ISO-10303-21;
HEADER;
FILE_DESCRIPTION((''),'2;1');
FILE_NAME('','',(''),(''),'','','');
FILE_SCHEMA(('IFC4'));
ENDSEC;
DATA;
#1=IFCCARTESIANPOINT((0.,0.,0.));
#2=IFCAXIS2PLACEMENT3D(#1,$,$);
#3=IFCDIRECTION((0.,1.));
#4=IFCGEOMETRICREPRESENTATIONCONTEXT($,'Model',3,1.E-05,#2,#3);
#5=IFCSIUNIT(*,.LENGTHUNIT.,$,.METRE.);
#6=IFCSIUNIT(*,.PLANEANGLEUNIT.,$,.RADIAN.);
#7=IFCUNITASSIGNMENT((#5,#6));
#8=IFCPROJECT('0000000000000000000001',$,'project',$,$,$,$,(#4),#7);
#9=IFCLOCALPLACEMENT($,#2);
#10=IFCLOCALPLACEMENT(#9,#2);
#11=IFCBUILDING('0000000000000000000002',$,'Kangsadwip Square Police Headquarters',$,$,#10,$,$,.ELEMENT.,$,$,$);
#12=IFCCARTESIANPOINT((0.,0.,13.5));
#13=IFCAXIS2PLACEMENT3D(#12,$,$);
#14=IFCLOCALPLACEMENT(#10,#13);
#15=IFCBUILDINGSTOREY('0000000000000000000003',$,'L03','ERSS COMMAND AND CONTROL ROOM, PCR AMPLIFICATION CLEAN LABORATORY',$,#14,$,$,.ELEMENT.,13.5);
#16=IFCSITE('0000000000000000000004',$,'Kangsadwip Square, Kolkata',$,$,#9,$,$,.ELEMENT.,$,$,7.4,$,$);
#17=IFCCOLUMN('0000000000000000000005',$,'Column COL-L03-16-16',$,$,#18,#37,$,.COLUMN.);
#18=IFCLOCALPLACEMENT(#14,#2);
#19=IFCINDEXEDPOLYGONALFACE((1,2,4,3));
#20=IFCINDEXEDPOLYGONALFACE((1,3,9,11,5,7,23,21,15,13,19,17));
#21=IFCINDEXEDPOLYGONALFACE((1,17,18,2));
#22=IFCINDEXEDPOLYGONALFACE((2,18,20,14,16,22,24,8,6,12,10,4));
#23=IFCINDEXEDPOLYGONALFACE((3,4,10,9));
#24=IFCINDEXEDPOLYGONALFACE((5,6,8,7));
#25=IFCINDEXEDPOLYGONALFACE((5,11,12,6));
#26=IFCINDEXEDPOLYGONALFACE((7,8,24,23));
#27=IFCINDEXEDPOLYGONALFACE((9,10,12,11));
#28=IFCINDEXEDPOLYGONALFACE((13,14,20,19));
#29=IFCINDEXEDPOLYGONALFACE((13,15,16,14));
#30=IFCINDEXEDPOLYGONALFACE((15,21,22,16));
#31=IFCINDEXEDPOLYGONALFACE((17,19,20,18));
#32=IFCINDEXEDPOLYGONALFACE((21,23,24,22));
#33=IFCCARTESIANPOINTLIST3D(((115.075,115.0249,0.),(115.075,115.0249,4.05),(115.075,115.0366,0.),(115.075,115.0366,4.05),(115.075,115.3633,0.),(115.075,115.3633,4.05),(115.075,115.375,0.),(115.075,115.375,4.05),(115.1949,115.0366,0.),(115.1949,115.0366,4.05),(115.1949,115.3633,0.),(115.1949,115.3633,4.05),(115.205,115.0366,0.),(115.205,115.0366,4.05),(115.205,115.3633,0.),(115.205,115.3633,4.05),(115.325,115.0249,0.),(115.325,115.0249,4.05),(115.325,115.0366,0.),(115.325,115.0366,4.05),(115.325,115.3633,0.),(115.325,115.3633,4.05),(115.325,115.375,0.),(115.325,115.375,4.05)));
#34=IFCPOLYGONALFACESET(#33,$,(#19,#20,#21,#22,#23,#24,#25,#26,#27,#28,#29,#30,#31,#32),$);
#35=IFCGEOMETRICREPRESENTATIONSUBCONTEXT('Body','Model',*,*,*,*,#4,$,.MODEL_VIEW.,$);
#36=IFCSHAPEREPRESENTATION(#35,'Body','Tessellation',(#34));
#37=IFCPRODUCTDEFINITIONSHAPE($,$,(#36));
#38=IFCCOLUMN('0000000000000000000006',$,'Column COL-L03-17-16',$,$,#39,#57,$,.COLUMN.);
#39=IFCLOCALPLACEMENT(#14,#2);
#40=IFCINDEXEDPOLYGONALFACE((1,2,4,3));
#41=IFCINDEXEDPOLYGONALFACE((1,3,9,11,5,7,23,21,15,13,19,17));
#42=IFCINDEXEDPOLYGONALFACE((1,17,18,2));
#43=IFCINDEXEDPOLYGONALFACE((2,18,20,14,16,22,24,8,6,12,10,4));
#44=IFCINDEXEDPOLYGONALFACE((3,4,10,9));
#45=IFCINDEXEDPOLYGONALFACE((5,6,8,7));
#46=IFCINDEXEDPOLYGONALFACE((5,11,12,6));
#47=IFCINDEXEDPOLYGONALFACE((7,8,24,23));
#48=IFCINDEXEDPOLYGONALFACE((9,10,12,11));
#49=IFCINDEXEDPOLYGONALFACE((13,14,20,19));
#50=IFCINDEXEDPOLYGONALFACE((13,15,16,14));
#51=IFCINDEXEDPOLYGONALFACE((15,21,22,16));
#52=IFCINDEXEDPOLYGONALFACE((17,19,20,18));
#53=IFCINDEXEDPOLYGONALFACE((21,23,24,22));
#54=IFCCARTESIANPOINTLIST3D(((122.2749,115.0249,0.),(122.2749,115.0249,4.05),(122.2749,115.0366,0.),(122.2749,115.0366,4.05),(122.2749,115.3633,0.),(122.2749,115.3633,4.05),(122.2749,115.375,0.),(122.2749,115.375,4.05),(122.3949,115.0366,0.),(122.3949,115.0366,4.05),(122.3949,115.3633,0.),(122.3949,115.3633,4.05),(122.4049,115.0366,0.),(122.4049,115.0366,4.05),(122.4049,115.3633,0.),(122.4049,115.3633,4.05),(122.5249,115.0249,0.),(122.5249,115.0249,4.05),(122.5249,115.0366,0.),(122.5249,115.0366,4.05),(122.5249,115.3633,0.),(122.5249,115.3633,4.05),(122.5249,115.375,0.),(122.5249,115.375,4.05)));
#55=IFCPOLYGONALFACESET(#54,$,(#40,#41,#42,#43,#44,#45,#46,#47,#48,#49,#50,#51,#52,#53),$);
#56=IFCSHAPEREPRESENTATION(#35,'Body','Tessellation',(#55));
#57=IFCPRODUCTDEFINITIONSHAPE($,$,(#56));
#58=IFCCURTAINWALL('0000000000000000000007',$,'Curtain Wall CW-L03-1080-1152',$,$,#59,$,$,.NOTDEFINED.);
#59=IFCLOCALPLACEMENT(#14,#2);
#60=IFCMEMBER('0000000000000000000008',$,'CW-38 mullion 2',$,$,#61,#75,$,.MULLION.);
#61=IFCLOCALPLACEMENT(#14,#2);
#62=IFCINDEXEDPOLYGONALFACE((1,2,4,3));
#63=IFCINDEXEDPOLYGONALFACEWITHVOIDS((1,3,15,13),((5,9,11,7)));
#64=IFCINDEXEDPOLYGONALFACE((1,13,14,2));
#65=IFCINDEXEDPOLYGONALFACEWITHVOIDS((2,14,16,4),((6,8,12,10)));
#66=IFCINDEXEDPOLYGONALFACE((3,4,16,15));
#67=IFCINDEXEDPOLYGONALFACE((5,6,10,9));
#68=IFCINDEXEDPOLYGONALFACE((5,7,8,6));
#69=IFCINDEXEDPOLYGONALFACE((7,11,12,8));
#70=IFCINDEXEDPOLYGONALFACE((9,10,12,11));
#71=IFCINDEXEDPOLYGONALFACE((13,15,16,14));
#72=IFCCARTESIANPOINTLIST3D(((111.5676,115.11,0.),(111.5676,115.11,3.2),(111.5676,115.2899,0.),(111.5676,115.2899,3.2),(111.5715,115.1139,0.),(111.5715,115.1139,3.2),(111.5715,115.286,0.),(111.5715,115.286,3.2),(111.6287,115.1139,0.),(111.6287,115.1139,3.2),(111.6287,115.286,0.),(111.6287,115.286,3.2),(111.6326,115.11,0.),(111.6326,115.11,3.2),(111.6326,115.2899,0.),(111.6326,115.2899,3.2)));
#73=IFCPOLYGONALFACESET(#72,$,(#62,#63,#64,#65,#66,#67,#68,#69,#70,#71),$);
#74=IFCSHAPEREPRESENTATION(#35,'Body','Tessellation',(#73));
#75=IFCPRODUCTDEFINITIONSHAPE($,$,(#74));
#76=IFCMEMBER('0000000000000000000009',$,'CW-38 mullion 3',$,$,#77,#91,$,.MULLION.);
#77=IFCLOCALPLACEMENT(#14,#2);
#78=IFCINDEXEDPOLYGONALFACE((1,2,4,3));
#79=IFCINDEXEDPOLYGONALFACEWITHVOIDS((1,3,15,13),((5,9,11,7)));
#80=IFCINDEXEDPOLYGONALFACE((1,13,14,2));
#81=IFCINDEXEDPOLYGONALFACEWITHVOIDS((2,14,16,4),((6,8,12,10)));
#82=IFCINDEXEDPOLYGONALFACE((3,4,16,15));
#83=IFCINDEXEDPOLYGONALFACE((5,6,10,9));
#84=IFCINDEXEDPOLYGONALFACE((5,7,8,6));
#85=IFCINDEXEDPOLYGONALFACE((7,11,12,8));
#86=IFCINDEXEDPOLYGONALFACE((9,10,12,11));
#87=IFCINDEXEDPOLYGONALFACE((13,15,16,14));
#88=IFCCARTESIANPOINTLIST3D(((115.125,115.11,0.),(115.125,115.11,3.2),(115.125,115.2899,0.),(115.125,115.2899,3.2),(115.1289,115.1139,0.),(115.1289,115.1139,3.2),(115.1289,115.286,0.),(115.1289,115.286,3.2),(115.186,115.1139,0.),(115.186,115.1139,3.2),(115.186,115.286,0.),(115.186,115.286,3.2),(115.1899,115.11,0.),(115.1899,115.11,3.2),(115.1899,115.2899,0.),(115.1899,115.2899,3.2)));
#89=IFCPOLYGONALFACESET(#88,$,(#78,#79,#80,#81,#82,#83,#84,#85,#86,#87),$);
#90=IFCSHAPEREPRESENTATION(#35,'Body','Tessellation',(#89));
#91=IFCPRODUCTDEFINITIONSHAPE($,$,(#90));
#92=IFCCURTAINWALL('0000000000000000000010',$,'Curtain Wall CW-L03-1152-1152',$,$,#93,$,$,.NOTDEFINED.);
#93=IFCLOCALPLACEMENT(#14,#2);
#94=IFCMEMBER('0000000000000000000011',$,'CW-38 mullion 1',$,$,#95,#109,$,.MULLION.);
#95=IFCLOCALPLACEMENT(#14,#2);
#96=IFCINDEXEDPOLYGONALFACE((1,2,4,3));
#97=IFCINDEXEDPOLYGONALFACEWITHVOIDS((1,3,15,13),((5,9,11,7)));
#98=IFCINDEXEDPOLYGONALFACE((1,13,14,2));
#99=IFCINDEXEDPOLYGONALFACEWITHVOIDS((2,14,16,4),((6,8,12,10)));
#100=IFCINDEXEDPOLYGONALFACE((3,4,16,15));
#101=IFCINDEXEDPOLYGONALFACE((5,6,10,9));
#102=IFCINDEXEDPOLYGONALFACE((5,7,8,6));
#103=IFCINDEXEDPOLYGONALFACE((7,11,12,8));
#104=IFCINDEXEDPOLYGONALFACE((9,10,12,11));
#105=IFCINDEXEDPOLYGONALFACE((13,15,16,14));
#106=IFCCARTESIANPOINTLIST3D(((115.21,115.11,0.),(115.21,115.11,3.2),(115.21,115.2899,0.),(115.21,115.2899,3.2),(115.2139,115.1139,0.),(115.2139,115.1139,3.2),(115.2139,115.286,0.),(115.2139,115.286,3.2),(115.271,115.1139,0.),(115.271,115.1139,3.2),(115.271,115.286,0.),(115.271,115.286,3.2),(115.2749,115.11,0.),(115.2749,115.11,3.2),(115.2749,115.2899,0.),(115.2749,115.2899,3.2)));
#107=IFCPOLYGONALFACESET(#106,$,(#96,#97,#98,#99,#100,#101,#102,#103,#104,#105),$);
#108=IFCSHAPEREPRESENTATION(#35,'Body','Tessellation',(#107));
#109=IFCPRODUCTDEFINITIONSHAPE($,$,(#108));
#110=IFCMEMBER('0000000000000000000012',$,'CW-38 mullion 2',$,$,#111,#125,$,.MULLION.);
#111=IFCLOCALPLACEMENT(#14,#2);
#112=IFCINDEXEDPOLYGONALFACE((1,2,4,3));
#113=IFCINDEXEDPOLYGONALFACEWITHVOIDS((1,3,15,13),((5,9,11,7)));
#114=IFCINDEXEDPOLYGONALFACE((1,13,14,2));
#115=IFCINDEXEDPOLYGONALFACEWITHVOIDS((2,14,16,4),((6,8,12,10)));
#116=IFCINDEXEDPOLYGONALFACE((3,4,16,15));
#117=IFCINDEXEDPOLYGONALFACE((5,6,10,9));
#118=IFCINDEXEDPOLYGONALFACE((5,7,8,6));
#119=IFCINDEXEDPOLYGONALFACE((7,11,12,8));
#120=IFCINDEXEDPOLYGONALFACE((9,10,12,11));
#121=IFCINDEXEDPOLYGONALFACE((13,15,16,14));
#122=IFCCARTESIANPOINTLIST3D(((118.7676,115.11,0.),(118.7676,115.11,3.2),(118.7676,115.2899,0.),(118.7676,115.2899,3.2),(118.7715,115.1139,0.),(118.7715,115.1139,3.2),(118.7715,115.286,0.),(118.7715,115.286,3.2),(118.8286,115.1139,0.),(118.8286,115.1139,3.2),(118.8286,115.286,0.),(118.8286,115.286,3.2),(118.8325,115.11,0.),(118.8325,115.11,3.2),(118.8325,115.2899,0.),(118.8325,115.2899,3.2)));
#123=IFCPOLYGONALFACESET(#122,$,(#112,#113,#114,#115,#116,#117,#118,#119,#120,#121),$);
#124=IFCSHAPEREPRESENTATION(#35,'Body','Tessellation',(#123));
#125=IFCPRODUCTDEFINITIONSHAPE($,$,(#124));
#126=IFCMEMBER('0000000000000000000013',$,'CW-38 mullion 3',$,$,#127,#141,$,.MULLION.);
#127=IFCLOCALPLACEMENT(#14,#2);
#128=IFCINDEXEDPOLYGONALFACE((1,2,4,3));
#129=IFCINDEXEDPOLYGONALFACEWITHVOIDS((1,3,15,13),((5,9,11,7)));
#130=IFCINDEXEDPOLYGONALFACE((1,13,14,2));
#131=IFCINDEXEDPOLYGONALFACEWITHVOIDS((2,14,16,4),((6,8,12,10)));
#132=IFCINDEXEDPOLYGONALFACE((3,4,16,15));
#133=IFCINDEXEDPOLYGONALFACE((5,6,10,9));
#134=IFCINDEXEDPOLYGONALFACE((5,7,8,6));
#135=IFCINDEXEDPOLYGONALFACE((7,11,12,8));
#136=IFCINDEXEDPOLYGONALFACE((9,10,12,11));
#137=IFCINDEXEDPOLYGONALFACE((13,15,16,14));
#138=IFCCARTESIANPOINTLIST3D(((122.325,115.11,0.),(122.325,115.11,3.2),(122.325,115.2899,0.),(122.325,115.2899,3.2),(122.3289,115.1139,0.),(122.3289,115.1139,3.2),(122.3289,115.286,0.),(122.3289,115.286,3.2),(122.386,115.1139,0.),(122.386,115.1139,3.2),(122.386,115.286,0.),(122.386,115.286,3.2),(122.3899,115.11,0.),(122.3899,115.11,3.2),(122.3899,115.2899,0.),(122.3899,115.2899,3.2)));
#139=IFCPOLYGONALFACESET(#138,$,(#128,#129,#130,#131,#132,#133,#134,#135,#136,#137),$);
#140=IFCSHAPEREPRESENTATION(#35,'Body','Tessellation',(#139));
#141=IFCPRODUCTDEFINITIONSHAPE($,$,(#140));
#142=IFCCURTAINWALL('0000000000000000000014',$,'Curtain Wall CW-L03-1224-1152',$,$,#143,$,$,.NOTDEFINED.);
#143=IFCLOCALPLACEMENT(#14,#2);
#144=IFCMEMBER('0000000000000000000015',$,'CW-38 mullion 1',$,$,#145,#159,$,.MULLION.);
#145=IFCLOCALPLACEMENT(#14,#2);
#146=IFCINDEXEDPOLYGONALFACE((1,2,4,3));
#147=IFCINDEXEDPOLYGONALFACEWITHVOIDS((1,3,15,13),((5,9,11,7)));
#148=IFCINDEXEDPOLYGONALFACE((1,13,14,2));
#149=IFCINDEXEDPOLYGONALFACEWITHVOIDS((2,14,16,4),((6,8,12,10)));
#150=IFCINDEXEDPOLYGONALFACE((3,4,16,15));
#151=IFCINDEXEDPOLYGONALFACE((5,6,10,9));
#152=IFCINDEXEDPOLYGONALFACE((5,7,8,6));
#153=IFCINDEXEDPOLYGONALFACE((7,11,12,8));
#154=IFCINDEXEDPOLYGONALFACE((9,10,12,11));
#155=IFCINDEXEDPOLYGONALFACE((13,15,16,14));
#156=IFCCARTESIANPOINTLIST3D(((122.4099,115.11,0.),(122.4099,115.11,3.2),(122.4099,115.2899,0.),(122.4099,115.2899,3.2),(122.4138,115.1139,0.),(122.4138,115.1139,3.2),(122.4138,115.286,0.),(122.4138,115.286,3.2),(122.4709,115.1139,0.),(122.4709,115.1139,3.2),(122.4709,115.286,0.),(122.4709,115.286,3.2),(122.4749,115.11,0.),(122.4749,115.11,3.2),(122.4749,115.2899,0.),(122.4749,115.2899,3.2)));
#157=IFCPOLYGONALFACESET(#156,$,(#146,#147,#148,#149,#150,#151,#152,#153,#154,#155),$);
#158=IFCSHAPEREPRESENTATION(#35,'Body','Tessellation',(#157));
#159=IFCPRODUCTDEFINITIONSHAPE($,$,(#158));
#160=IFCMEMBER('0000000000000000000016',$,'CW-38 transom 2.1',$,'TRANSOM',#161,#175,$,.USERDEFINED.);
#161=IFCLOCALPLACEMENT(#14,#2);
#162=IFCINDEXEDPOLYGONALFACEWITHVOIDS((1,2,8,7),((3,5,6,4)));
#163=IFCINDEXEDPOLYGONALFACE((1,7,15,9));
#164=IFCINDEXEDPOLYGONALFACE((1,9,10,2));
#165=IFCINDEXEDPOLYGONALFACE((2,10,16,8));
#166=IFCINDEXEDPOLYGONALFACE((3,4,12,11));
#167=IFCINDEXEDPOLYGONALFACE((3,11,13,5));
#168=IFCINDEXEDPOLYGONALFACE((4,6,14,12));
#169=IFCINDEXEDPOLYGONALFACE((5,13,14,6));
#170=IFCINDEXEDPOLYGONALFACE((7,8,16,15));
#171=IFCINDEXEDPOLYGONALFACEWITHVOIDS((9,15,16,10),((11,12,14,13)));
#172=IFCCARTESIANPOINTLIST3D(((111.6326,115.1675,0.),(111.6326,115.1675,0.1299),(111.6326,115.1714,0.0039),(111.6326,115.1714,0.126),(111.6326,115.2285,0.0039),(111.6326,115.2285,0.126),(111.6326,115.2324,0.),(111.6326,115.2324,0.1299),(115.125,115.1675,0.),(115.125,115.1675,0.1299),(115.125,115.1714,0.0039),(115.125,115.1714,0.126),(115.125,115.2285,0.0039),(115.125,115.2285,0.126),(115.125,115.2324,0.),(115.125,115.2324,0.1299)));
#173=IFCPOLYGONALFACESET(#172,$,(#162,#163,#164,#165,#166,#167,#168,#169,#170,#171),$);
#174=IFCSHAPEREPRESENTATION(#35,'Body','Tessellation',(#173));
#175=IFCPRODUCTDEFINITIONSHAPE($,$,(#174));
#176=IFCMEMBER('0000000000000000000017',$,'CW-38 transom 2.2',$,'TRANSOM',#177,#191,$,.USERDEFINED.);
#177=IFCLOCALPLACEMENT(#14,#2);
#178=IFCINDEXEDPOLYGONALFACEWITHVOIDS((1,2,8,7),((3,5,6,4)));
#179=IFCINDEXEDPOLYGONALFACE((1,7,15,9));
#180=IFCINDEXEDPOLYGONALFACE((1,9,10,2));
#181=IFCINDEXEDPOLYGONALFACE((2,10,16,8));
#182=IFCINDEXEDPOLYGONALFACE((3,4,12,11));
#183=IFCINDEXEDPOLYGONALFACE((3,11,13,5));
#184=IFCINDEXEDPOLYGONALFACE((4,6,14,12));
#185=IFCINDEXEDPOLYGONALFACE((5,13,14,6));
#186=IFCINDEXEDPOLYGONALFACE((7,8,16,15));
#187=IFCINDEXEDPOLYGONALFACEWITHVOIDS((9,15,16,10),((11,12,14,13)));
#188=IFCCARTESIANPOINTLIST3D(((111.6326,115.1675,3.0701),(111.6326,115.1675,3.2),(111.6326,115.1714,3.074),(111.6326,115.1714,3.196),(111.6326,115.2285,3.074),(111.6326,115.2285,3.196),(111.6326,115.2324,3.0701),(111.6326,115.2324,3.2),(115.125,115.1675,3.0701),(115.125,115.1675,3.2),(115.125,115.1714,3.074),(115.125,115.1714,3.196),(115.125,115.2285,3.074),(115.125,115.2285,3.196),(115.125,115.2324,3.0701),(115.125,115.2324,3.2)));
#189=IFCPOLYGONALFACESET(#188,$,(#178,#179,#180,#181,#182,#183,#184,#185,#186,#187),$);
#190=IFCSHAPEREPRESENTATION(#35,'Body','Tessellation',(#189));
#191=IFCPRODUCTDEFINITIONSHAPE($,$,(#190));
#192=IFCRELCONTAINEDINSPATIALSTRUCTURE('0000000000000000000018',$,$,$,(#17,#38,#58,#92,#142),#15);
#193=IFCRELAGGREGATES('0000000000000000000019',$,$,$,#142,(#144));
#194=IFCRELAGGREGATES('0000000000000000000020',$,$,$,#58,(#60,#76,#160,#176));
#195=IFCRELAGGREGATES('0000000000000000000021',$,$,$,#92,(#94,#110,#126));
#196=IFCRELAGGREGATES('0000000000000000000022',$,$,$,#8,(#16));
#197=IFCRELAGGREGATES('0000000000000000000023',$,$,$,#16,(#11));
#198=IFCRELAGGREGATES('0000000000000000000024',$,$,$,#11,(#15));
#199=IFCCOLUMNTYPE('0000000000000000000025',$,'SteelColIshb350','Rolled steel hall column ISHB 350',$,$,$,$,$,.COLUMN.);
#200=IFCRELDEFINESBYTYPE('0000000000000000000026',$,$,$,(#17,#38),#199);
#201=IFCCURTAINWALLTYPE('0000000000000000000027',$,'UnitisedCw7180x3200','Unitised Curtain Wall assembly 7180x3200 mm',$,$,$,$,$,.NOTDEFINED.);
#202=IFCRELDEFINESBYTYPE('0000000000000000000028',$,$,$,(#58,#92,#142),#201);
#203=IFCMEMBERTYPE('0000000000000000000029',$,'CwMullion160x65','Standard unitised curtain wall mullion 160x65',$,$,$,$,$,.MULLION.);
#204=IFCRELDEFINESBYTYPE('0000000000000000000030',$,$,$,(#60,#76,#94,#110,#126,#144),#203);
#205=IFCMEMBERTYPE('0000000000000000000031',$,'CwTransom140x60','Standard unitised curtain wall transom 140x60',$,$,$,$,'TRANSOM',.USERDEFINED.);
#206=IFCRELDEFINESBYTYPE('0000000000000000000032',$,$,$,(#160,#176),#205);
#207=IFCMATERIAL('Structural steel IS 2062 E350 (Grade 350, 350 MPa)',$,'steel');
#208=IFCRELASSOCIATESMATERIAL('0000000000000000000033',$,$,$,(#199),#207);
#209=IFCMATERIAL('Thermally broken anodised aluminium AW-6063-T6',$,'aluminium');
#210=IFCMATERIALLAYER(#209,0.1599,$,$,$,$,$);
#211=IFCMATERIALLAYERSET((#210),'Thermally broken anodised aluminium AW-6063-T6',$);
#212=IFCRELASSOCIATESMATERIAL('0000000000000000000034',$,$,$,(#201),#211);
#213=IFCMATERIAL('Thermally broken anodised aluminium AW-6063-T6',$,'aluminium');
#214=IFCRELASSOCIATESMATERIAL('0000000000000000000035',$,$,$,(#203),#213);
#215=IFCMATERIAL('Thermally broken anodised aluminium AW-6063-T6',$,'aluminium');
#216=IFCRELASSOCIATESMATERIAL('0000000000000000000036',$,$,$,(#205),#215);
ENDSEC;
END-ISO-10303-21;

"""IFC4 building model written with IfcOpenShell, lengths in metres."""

from ifc_helpers import new_model, si_unit, direction, frame, origin, origin_2d, place, context, subcontext, project, spatial, hollow_rectangle, i_section, extrude, material, layer, layer_set, material_profile, profile_set, type_object, element, aggregate, save


model = new_model("IFC4")

# Units and contexts
model_context = context("Model", 3, precision=1e-05, world=origin(), true_north=direction((0.0, 1.0)))
body_context = subcontext(model_context, "Body", "Model", "MODEL_VIEW")
ifc_project = project(units=[si_unit("LENGTHUNIT", "METRE"), si_unit("PLANEANGLEUNIT", "RADIAN")], contexts=[model_context])

# Site, building, storey
site_placement = place(None, origin())
site = spatial("IfcSite", under=ifc_project, at=site_placement, Name="Kangsadwip Square, Kolkata", CompositionType="ELEMENT", RefElevation=7.4)
building_placement = place(site_placement, origin())
building = spatial("IfcBuilding", under=site, at=building_placement, Name="Kangsadwip Square Police Headquarters", CompositionType="ELEMENT")
storey_placement = place(building_placement, frame((0.0, 0.0, 13.5)))
storey = spatial("IfcBuildingStorey", under=building, at=storey_placement, Name="L03", Description="ERSS COMMAND AND CONTROL ROOM, PCR AMPLIFICATION CLEAN LABORATORY", CompositionType="ELEMENT", Elevation=13.5)

# Columns
ifc_material_1 = material(Name="Structural steel IS 2062 E350 (Grade 350, 350 MPa)", Category="steel")
ifc_material_profile_1 = material_profile(ifc_material_1, i_section(OverallWidth=0.25, OverallDepth=0.3501, WebThickness=0.01, FlangeThickness=0.0117, at=origin_2d()), Name="ISHB 350")
ifc_profile_set_1 = profile_set([ifc_material_profile_1], Name="Structural steel IS 2062 E350 (Grade 350, 350 MPa)")
column_type = type_object("IfcColumnType", Name="SteelColIshb350", Description="Rolled steel hall column ISHB 350", PredefinedType="COLUMN", material=ifc_profile_set_1)
for number, where, z_axis, x_axis, name in (
    (1, (115.2, 115.2, 0.0), (0.0, 0.0, 1.0), (1.0, 0.0, 0.0), "Column COL-L03-16-16"),
    (2, (122.3999, 115.2, 0.0), (0.0, 0.0, 1.0), (1.0, 0.0, 0.0), "Column COL-L03-17-16"),
):
    element("IfcColumn", number, at=place(storey_placement, frame(where, z_axis=z_axis, x_axis=x_axis)), inside=storey, type_object=column_type, Name=name, PredefinedType="COLUMN", context=body_context, shape_type="SweptSolid", body=[
        extrude(i_section(OverallWidth=0.25, OverallDepth=0.3501, WebThickness=0.01, FlangeThickness=0.0117, at=origin_2d()), origin(), (0.0, 0.0, 1.0), 4.05),
    ])

# Curtain walls, members
ifc_material_2 = material(Name="Thermally broken anodised aluminium AW-6063-T6", Category="aluminium")
ifc_layer_1 = layer(ifc_material_2, 0.1599)
ifc_layer_set_1 = layer_set([ifc_layer_1], Name="Thermally broken anodised aluminium AW-6063-T6")
curtain_wall_type = type_object("IfcCurtainWallType", Name="UnitisedCw7180x3200", Description="Unitised Curtain Wall assembly 7180x3200 mm", PredefinedType="NOTDEFINED", material=ifc_layer_set_1)
curtain_wall_1_placement = place(storey_placement, origin())
curtain_wall_1 = element("IfcCurtainWall", 3, at=curtain_wall_1_placement, inside=storey, type_object=curtain_wall_type, Name="Curtain Wall CW-L03-1080-1152", PredefinedType="NOTDEFINED")
ifc_material_3 = material(Name="Thermally broken anodised aluminium AW-6063-T6", Category="aluminium")
ifc_material_profile_2 = material_profile(ifc_material_3, hollow_rectangle(XDim=0.0649, YDim=0.1799, WallThickness=0.0039, at=origin_2d()), Name="CWM 180X65X4")
ifc_profile_set_2 = profile_set([ifc_material_profile_2], Name="Thermally broken anodised aluminium AW-6063-T6")
member_type_1 = type_object("IfcMemberType", Name="CwMullion160x65", Description="Standard unitised curtain wall mullion 160x65", PredefinedType="MULLION", material=ifc_profile_set_2)
member_1_placement = place(storey_placement, frame((111.6001, 115.2, 0.0), z_axis=(0.0, 0.0, 1.0), x_axis=(1.0, 0.0, 0.0)))
member_1 = element("IfcMember", 4, at=member_1_placement, type_object=member_type_1, Name="CW-38 mullion 2", PredefinedType="MULLION", context=body_context, shape_type="SweptSolid", body=[
    extrude(hollow_rectangle(XDim=0.0649, YDim=0.1799, WallThickness=0.0039, at=origin_2d()), origin(), (0.0, 0.0, 1.0), 3.2),
])
member_2_placement = place(storey_placement, frame((115.1575, 115.2, 0.0), z_axis=(0.0, 0.0, 1.0), x_axis=(1.0, 0.0, 0.0)))
member_2 = element("IfcMember", 5, at=member_2_placement, type_object=member_type_1, Name="CW-38 mullion 3", PredefinedType="MULLION", context=body_context, shape_type="SweptSolid", body=[
    extrude(hollow_rectangle(XDim=0.0649, YDim=0.1799, WallThickness=0.0039, at=origin_2d()), origin(), (0.0, 0.0, 1.0), 3.2),
])
curtain_wall_2_placement = place(storey_placement, origin())
curtain_wall_2 = element("IfcCurtainWall", 6, at=curtain_wall_2_placement, inside=storey, type_object=curtain_wall_type, Name="Curtain Wall CW-L03-1152-1152", PredefinedType="NOTDEFINED")
member_3_placement = place(storey_placement, frame((115.2424, 115.2, 0.0), z_axis=(0.0, 0.0, 1.0), x_axis=(1.0, 0.0, 0.0)))
member_3 = element("IfcMember", 7, at=member_3_placement, type_object=member_type_1, Name="CW-38 mullion 1", PredefinedType="MULLION", context=body_context, shape_type="SweptSolid", body=[
    extrude(hollow_rectangle(XDim=0.0649, YDim=0.1799, WallThickness=0.0039, at=origin_2d()), origin(), (0.0, 0.0, 1.0), 3.2),
])
member_4_placement = place(storey_placement, frame((118.8, 115.2, 0.0), z_axis=(0.0, 0.0, 1.0), x_axis=(1.0, 0.0, 0.0)))
member_4 = element("IfcMember", 8, at=member_4_placement, type_object=member_type_1, Name="CW-38 mullion 2", PredefinedType="MULLION", context=body_context, shape_type="SweptSolid", body=[
    extrude(hollow_rectangle(XDim=0.0649, YDim=0.1799, WallThickness=0.0039, at=origin_2d()), origin(), (0.0, 0.0, 1.0), 3.2),
])
member_5_placement = place(storey_placement, frame((122.3574, 115.2, 0.0), z_axis=(0.0, 0.0, 1.0), x_axis=(1.0, 0.0, 0.0)))
member_5 = element("IfcMember", 9, at=member_5_placement, type_object=member_type_1, Name="CW-38 mullion 3", PredefinedType="MULLION", context=body_context, shape_type="SweptSolid", body=[
    extrude(hollow_rectangle(XDim=0.0649, YDim=0.1799, WallThickness=0.0039, at=origin_2d()), origin(), (0.0, 0.0, 1.0), 3.2),
])

# Curtain wall, member
curtain_wall_3_placement = place(storey_placement, origin())
curtain_wall_3 = element("IfcCurtainWall", 10, at=curtain_wall_3_placement, inside=storey, type_object=curtain_wall_type, Name="Curtain Wall CW-L03-1224-1152", PredefinedType="NOTDEFINED")
member_6_placement = place(storey_placement, frame((122.4424, 115.2, 0.0), z_axis=(0.0, 0.0, 1.0), x_axis=(1.0, 0.0, 0.0)))
member_6 = element("IfcMember", 11, at=member_6_placement, type_object=member_type_1, Name="CW-38 mullion 1", PredefinedType="MULLION", context=body_context, shape_type="SweptSolid", body=[
    extrude(hollow_rectangle(XDim=0.0649, YDim=0.1799, WallThickness=0.0039, at=origin_2d()), origin(), (0.0, 0.0, 1.0), 3.2),
])

# Members
ifc_material_4 = material(Name="Thermally broken anodised aluminium AW-6063-T6", Category="aluminium")
ifc_material_profile_3 = material_profile(ifc_material_4, hollow_rectangle(XDim=0.0649, YDim=0.1299, WallThickness=0.0039, at=origin_2d()), Name="CWT 130X65X4")
ifc_profile_set_3 = profile_set([ifc_material_profile_3], Name="Thermally broken anodised aluminium AW-6063-T6")
member_type_2 = type_object("IfcMemberType", Name="CwTransom140x60", Description="Standard unitised curtain wall transom 140x60", ElementType="TRANSOM", PredefinedType="USERDEFINED", material=ifc_profile_set_3)
member_7_placement = place(storey_placement, frame((111.6326, 115.2, 0.0649), z_axis=(1.0, 0.0, 0.0), x_axis=(0.0, 1.0, 0.0)))
member_7 = element("IfcMember", 12, at=member_7_placement, type_object=member_type_2, Name="CW-38 transom 2.1", ObjectType="TRANSOM", PredefinedType="USERDEFINED", context=body_context, shape_type="SweptSolid", body=[
    extrude(hollow_rectangle(XDim=0.0649, YDim=0.1299, WallThickness=0.0039, at=origin_2d()), origin(), (0.0, 0.0, 1.0), 3.4924),
])
member_8_placement = place(storey_placement, frame((111.6326, 115.2, 3.135), z_axis=(1.0, 0.0, 0.0), x_axis=(0.0, 1.0, 0.0)))
member_8 = element("IfcMember", 13, at=member_8_placement, type_object=member_type_2, Name="CW-38 transom 2.2", ObjectType="TRANSOM", PredefinedType="USERDEFINED", context=body_context, shape_type="SweptSolid", body=[
    extrude(hollow_rectangle(XDim=0.0649, YDim=0.1299, WallThickness=0.0039, at=origin_2d()), origin(), (0.0, 0.0, 1.0), 3.4924),
])
aggregate(curtain_wall_3, [member_6])

aggregate(curtain_wall_1, [member_1, member_2, member_7, member_8])
aggregate(curtain_wall_2, [member_3, member_4, member_5])

save(model, "model.ifc")
